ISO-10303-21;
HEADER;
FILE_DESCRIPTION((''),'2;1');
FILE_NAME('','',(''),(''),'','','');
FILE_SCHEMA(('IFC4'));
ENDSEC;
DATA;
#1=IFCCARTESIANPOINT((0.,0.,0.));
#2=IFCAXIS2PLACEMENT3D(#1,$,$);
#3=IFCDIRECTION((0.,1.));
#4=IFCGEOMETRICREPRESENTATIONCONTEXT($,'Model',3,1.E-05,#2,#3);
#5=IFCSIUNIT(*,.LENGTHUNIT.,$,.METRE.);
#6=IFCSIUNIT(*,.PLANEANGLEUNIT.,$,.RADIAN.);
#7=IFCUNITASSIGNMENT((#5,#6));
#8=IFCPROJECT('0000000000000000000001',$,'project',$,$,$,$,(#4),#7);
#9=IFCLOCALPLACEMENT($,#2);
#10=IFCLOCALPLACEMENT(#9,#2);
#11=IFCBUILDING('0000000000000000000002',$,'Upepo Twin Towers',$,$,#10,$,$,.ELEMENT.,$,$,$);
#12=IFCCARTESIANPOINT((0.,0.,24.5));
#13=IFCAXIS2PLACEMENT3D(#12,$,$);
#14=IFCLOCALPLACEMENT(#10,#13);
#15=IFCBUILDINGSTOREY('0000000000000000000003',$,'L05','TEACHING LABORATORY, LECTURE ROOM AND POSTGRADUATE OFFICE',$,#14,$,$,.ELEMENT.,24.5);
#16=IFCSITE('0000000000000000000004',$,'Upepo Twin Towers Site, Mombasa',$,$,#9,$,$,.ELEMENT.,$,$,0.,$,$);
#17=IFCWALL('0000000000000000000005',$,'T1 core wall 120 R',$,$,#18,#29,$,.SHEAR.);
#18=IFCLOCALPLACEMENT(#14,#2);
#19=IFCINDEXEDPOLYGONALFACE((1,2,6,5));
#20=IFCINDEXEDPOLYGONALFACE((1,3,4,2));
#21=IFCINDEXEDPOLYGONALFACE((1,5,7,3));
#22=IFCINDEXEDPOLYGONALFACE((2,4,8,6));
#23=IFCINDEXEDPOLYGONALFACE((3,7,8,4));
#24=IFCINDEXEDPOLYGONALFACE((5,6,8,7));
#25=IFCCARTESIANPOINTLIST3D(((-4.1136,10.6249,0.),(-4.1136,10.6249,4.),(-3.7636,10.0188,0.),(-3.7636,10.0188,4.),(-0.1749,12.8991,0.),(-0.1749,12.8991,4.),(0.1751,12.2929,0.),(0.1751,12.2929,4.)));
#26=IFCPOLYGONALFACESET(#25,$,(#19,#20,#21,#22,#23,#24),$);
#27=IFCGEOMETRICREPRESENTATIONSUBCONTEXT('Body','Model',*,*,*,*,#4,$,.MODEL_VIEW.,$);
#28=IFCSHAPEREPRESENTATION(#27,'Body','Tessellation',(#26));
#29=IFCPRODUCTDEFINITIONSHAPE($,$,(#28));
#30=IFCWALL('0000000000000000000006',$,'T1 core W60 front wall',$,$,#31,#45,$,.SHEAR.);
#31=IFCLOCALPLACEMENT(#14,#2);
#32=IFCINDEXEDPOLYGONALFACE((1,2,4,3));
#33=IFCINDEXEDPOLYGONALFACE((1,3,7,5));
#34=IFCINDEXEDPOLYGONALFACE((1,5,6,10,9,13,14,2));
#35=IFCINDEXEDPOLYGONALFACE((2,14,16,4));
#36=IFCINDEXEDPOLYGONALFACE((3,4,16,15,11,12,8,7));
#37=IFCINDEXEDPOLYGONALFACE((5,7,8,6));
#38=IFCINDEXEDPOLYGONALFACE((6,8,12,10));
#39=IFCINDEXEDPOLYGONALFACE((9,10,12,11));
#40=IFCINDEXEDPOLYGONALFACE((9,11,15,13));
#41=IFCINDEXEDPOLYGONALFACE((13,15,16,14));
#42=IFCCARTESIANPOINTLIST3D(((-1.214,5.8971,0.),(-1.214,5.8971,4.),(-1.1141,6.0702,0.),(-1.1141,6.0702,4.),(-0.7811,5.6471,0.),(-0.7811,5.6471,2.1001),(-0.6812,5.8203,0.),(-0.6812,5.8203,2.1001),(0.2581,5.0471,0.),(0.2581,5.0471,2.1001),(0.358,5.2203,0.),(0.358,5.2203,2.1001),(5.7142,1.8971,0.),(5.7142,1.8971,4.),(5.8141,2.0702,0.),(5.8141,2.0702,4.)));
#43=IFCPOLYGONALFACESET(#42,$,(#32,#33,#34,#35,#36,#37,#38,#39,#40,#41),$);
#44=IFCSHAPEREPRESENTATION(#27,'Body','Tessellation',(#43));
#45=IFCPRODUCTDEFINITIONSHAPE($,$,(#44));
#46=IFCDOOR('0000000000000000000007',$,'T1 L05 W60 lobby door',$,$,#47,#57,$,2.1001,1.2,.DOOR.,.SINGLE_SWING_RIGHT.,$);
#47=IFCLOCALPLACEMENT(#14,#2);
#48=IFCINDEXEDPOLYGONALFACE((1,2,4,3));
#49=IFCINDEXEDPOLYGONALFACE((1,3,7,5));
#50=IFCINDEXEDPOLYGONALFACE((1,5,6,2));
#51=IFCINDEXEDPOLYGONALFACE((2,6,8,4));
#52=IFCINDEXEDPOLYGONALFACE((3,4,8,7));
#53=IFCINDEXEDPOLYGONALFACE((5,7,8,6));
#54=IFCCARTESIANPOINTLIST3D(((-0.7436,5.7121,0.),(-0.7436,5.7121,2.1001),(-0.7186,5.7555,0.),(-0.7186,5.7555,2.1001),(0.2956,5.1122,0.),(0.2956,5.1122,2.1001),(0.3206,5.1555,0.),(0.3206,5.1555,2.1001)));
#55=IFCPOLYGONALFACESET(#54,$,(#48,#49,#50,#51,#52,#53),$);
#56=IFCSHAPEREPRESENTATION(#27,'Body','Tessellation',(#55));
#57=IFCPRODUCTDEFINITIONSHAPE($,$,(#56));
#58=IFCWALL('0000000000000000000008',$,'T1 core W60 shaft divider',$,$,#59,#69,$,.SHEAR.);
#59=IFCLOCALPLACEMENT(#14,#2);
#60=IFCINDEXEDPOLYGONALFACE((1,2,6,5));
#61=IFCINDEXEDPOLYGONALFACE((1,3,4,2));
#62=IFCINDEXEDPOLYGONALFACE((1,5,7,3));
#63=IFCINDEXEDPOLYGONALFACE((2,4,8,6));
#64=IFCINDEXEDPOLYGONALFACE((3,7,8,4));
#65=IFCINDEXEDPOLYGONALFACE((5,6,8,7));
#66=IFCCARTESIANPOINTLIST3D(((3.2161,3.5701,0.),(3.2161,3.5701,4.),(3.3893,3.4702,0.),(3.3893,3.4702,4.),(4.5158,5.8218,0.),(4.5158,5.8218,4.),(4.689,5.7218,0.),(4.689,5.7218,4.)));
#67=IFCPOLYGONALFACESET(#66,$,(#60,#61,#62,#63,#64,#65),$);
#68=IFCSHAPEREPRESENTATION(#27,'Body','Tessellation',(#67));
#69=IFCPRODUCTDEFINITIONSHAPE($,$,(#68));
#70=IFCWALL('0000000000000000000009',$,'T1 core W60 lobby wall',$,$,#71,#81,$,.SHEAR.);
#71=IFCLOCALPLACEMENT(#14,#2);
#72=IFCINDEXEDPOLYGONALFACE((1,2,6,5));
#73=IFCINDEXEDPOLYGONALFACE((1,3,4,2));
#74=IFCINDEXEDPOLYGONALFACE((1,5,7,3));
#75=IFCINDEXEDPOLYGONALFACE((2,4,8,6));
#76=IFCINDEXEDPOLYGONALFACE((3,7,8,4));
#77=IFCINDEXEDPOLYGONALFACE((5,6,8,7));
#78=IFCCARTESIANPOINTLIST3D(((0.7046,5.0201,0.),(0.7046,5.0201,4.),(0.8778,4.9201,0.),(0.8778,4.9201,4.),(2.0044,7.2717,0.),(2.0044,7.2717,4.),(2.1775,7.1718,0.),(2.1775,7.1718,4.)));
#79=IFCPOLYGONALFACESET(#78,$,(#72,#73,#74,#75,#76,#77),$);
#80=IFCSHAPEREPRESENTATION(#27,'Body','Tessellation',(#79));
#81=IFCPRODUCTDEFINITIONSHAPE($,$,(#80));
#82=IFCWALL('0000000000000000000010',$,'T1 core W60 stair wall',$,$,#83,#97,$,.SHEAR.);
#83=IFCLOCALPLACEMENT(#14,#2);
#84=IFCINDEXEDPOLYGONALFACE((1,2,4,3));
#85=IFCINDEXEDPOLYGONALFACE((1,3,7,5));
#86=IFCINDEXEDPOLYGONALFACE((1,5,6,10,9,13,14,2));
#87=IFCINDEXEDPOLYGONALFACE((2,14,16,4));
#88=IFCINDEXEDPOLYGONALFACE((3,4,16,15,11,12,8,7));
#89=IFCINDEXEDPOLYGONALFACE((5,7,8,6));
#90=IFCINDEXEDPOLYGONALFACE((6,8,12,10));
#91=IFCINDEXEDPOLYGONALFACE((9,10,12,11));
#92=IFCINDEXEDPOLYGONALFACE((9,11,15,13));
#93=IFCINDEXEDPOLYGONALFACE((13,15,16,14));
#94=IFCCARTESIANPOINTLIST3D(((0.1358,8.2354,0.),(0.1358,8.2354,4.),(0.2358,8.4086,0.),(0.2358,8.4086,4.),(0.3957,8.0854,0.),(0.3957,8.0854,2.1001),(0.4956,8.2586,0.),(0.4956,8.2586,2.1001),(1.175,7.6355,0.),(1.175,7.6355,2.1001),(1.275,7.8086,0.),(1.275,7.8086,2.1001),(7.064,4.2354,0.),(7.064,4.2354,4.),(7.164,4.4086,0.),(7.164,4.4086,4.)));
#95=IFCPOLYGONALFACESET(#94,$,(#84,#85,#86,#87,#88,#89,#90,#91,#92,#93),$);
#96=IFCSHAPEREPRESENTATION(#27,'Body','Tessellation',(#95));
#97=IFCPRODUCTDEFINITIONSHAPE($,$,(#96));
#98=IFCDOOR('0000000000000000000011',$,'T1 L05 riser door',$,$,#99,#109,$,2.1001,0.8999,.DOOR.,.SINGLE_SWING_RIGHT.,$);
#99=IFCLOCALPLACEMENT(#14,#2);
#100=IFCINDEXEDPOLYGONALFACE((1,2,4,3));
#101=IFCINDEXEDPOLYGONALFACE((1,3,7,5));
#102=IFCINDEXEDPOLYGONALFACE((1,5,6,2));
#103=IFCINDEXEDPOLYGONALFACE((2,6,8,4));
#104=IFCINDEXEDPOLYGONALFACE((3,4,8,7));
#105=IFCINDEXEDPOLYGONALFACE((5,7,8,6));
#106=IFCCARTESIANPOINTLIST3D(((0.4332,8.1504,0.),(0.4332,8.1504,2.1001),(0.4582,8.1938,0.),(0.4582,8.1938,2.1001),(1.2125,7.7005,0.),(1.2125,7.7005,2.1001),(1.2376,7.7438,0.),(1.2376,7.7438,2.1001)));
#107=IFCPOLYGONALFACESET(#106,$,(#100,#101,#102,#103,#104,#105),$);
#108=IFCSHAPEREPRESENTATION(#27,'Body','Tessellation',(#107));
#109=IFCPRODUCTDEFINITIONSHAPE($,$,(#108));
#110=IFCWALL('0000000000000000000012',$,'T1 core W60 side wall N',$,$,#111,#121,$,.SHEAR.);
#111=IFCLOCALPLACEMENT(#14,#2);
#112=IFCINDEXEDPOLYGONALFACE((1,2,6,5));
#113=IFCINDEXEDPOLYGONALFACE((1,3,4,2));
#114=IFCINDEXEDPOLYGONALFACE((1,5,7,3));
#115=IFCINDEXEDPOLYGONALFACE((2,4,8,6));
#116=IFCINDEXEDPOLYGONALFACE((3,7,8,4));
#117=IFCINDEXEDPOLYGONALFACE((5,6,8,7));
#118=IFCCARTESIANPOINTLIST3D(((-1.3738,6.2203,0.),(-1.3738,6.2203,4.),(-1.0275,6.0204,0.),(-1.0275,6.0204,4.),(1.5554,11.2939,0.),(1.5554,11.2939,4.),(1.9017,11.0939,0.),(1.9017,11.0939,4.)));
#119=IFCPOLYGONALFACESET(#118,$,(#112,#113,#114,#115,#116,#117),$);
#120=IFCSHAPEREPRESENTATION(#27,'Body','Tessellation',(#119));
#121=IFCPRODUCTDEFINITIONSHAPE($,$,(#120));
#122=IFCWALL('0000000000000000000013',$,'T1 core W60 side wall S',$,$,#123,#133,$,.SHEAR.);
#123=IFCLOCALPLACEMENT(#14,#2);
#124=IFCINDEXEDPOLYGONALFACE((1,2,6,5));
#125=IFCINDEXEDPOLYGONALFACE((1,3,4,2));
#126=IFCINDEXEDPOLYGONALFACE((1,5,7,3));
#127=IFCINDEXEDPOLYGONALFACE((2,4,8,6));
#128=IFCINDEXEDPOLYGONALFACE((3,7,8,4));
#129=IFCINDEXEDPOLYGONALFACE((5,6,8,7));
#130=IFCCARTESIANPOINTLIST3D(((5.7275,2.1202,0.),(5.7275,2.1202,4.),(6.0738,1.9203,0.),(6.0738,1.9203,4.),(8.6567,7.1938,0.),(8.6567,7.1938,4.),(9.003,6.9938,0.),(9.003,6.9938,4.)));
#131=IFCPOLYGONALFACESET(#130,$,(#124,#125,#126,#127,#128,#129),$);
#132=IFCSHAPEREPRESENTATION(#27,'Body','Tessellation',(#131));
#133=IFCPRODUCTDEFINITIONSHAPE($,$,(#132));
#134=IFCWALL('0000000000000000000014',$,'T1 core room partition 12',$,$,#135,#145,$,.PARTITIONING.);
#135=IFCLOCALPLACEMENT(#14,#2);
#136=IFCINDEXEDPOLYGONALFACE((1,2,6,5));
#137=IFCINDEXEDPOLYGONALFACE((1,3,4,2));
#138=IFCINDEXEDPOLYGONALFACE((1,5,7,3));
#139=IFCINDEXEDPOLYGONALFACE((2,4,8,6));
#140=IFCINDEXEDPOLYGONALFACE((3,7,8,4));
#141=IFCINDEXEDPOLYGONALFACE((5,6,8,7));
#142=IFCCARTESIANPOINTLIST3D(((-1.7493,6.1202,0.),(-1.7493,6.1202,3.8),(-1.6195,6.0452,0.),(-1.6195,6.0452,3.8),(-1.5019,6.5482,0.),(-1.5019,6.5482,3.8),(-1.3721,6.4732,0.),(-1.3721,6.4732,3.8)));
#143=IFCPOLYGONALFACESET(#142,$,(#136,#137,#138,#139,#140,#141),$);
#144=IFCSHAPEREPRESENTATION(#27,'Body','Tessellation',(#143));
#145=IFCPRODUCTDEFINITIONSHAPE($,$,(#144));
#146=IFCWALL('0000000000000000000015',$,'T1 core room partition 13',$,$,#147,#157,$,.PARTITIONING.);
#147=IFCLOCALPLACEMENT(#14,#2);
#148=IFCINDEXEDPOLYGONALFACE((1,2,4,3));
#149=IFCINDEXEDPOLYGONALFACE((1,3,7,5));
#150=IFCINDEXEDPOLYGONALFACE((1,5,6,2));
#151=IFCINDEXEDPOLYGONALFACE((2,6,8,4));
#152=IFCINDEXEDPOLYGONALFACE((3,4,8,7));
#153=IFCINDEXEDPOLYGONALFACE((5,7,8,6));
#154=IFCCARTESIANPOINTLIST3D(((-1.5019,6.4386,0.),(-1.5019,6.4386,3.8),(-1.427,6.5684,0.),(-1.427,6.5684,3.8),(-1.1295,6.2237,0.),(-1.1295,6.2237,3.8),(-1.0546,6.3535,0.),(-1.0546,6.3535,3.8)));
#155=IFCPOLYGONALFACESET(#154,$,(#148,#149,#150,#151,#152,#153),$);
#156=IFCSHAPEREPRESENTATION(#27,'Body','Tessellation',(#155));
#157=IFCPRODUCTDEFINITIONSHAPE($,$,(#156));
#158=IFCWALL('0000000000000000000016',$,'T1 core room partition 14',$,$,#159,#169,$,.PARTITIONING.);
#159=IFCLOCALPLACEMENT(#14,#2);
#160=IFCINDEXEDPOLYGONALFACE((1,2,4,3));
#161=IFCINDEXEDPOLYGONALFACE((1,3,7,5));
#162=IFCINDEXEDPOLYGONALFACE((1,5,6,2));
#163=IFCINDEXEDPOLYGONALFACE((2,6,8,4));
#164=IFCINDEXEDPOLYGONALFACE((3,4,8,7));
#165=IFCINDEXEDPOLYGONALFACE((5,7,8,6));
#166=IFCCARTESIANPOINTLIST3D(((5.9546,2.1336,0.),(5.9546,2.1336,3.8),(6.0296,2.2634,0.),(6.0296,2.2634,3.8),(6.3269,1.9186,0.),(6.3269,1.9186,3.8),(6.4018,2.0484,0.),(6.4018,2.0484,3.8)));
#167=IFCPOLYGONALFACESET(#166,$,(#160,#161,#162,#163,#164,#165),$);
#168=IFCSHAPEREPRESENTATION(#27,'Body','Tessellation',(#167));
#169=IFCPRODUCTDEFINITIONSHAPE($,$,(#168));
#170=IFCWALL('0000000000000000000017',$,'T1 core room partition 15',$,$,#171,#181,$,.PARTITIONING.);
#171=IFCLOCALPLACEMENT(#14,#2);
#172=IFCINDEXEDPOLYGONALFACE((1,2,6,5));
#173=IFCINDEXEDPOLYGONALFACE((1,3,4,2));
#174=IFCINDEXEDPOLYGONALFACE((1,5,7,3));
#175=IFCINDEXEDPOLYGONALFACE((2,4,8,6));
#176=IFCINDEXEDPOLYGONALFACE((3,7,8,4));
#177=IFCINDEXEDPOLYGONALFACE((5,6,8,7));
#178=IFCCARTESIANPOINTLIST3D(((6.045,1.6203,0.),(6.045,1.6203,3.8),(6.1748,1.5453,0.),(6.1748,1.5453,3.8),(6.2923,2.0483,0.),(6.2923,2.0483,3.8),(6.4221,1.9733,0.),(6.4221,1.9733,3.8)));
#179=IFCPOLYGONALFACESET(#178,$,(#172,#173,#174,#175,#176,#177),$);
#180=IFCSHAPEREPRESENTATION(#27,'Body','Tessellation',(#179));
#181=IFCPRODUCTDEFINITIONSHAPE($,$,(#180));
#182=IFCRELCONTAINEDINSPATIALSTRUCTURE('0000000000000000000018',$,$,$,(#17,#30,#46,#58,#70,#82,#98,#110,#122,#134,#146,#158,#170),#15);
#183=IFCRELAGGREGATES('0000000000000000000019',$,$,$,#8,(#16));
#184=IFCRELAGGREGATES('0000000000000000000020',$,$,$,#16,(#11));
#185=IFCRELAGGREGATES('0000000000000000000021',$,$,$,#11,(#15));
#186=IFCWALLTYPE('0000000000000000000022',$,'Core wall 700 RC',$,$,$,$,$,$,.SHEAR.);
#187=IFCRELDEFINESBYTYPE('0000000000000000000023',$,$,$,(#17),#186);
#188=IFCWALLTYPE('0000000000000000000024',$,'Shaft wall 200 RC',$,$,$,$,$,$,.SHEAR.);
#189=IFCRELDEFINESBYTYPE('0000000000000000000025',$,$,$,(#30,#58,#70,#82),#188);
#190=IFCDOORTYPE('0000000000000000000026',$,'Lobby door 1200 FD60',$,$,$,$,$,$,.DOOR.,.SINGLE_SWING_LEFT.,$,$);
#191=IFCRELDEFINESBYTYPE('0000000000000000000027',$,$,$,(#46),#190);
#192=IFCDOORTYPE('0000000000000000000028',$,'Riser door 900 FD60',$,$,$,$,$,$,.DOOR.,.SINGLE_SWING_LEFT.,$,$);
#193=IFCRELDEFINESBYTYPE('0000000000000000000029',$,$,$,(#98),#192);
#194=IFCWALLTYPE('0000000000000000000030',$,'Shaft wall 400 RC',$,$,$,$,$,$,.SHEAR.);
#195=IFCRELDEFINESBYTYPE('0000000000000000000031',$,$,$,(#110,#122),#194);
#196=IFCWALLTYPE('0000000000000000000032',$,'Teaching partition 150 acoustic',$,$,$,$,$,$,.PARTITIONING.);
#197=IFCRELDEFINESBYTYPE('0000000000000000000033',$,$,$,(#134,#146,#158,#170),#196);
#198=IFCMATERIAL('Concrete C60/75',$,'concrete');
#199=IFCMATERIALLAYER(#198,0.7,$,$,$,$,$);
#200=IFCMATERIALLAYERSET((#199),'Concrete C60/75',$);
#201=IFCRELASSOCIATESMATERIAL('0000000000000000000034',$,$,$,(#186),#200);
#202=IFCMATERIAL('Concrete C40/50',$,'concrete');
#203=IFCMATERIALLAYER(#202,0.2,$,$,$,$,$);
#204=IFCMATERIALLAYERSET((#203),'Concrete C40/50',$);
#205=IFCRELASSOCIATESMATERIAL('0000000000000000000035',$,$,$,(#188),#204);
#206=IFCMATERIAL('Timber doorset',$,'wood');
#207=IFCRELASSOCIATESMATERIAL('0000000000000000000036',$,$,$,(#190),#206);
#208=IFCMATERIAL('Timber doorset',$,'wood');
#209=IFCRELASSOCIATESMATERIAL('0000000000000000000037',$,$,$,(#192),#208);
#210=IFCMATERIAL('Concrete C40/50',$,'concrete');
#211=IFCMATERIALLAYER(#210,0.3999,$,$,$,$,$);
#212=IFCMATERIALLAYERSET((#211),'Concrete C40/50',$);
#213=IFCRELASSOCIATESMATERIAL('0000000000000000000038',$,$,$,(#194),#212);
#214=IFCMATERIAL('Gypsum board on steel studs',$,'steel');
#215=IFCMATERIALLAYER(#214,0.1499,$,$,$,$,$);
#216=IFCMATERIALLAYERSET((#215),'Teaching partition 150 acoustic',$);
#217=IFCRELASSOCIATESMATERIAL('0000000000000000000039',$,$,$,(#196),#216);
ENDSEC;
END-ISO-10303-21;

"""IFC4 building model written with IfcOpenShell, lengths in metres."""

from ifc_helpers import new_model, si_unit, direction, frame, frame_2d, origin, place, context, subcontext, project, spatial, rectangle, extrude, material, layer, layer_set, type_object, element, fill, save


model = new_model("IFC4")

# Units and contexts
model_context = context("Model", 3, precision=1e-05, world=origin(), true_north=direction((0.0, 1.0)))
body_context = subcontext(model_context, "Body", "Model", "MODEL_VIEW")
ifc_project = project(units=[si_unit("LENGTHUNIT", "METRE"), si_unit("PLANEANGLEUNIT", "RADIAN")], contexts=[model_context])

# Site, building, storey
site_placement = place(None, origin())
site = spatial("IfcSite", under=ifc_project, at=site_placement, Name="Upepo Twin Towers Site, Mombasa", CompositionType="ELEMENT", RefElevation=0.0)
building_placement = place(site_placement, origin())
building = spatial("IfcBuilding", under=site, at=building_placement, Name="Upepo Twin Towers", CompositionType="ELEMENT")
storey_placement = place(building_placement, frame((0.0, 0.0, 24.5)))
storey = spatial("IfcBuildingStorey", under=building, at=storey_placement, Name="L05", Description="TEACHING LABORATORY, LECTURE ROOM AND POSTGRADUATE OFFICE", CompositionType="ELEMENT", Elevation=24.5)

# Wall
ifc_material_1 = material(Name="Concrete C60/75", Category="concrete")
ifc_layer_1 = layer(ifc_material_1, 0.7)
ifc_layer_set_1 = layer_set([ifc_layer_1], Name="Concrete C60/75")
wall_type_1 = type_object("IfcWallType", Name="Core wall 700 RC", PredefinedType="SHEAR", material=ifc_layer_set_1)
wall_1_placement = place(storey_placement, frame((0.0, 12.5959, 0.0), z_axis=(0.0, 0.0, 1.0), x_axis=(-0.866011, -0.500024, 0.0)))
element("IfcWall", 1, at=wall_1_placement, inside=storey, type_object=wall_type_1, Name="T1 core wall 120 R", PredefinedType="SHEAR", context=body_context, shape_type="SweptSolid", body=[
    extrude(rectangle(XDim=4.5481, YDim=0.7, at=frame_2d((2.2739, 0.0))), origin(), (0.0, 0.0, 1.0), 4.0),
])

# Wall, opening, door
ifc_material_2 = material(Name="Concrete C40/50", Category="concrete")
ifc_layer_2 = layer(ifc_material_2, 0.2)
ifc_layer_set_2 = layer_set([ifc_layer_2], Name="Concrete C40/50")
wall_type_2 = type_object("IfcWallType", Name="Shaft wall 200 RC", PredefinedType="SHEAR", material=ifc_layer_set_2)
wall_2_placement = place(storey_placement, frame((5.7642, 1.9836, 0.0), z_axis=(0.0, 0.0, 1.0), x_axis=(-0.866026, 0.499999, 0.0)))
wall_2 = element("IfcWall", 2, at=wall_2_placement, inside=storey, type_object=wall_type_2, Name="T1 core W60 front wall", PredefinedType="SHEAR", context=body_context, shape_type="SweptSolid", body=[
    extrude(rectangle(XDim=8.0, YDim=0.2, at=frame_2d((4.0, 0.0))), origin(), (0.0, 0.0, 1.0), 4.0),
])
opening_1_placement = place(wall_2_placement, frame((6.3, 0.0, 0.0)))
opening_1 = element("IfcOpeningElement", 3, at=opening_1_placement, cuts=wall_2, PredefinedType="OPENING", context=body_context, shape_type="SweptSolid", body=[
    extrude(rectangle(XDim=1.2, YDim=2.1001, at=frame_2d((0.6001, 1.05))), frame((0.0, 0.1099, 0.0), z_axis=(0.0, -1.0, 0.0), x_axis=(1.0, 0.0, 0.0)), (0.0, 0.0, 1.0), 0.22),
])
ifc_material_3 = material(Name="Timber doorset", Category="wood")
door_type_1 = type_object("IfcDoorType", Name="Lobby door 1200 FD60", OperationType="SINGLE_SWING_LEFT", PredefinedType="DOOR", material=ifc_material_3)
door_1_placement = place(opening_1_placement, origin())
door_1 = element("IfcDoor", 4, at=door_1_placement, inside=storey, type_object=door_type_1, Name="T1 L05 W60 lobby door", OperationType="SINGLE_SWING_RIGHT", OverallHeight=2.1001, OverallWidth=1.2, PredefinedType="DOOR", context=body_context, shape_type="SweptSolid", body=[
    extrude(rectangle(XDim=1.2, YDim=2.1001, at=frame_2d((0.6001, 1.05))), frame((0.0, 0.0249, 0.0), z_axis=(0.0, -1.0, 0.0), x_axis=(1.0, 0.0, 0.0)), (0.0, 0.0, 1.0), 0.05),
])
fill(opening_1, door_1)

# Walls
for number, where, z_axis, x_axis, name in (
    (5, (3.3027, 3.5203, 0.0), (0.0, 0.0, 1.0), (0.499937, 0.866062, 0.0), "T1 core W60 shaft divider"),
    (6, (0.7913, 4.9702, 0.0), (0.0, 0.0, 1.0), (0.499937, 0.866062, 0.0), "T1 core W60 lobby wall"),
):
    element("IfcWall", number, at=place(storey_placement, frame(where, z_axis=z_axis, x_axis=x_axis)), inside=storey, type_object=wall_type_2, Name=name, PredefinedType="SHEAR", context=body_context, shape_type="SweptSolid", body=[
        extrude(rectangle(XDim=2.5999, YDim=0.2, at=frame_2d((1.2998, 0.0))), origin(), (0.0, 0.0, 1.0), 4.0),
    ])

# Wall, opening, door
wall_3_placement = place(storey_placement, frame((7.114, 4.322, 0.0), z_axis=(0.0, 0.0, 1.0), x_axis=(-0.866026, 0.499999, 0.0)))
wall_3 = element("IfcWall", 7, at=wall_3_placement, inside=storey, type_object=wall_type_2, Name="T1 core W60 stair wall", PredefinedType="SHEAR", context=body_context, shape_type="SweptSolid", body=[
    extrude(rectangle(XDim=8.0, YDim=0.2, at=frame_2d((4.0, 0.0))), origin(), (0.0, 0.0, 1.0), 4.0),
])
opening_2_placement = place(wall_3_placement, frame((6.8, 0.0, 0.0)))
opening_2 = element("IfcOpeningElement", 8, at=opening_2_placement, cuts=wall_3, PredefinedType="OPENING", context=body_context, shape_type="SweptSolid", body=[
    extrude(rectangle(XDim=0.8999, YDim=2.1001, at=frame_2d((0.45, 1.05))), frame((0.0, 0.1099, 0.0), z_axis=(0.0, -1.0, 0.0), x_axis=(1.0, 0.0, 0.0)), (0.0, 0.0, 1.0), 0.22),
])
ifc_material_4 = material(Name="Timber doorset", Category="wood")
door_type_2 = type_object("IfcDoorType", Name="Riser door 900 FD60", OperationType="SINGLE_SWING_LEFT", PredefinedType="DOOR", material=ifc_material_4)
door_2_placement = place(opening_2_placement, origin())
door_2 = element("IfcDoor", 9, at=door_2_placement, inside=storey, type_object=door_type_2, Name="T1 L05 riser door", OperationType="SINGLE_SWING_RIGHT", OverallHeight=2.1001, OverallWidth=0.8999, PredefinedType="DOOR", context=body_context, shape_type="SweptSolid", body=[
    extrude(rectangle(XDim=0.8999, YDim=2.1001, at=frame_2d((0.45, 1.05))), frame((0.0, 0.0249, 0.0), z_axis=(0.0, -1.0, 0.0), x_axis=(1.0, 0.0, 0.0)), (0.0, 0.0, 1.0), 0.05),
])
fill(opening_2, door_2)

# Walls
ifc_material_5 = material(Name="Concrete C40/50", Category="concrete")
ifc_layer_3 = layer(ifc_material_5, 0.3999)
ifc_layer_set_3 = layer_set([ifc_layer_3], Name="Concrete C40/50")
wall_type_3 = type_object("IfcWallType", Name="Shaft wall 400 RC", PredefinedType="SHEAR", material=ifc_layer_set_3)
for number, where, z_axis, x_axis, name in (
    (10, (-1.2007, 6.1204, 0.0), (0.0, 0.0, 1.0), (0.500003, 0.866024, 0.0), "T1 core W60 side wall N"),
    (11, (5.9006, 2.0203, 0.0), (0.0, 0.0, 1.0), (0.500003, 0.866024, 0.0), "T1 core W60 side wall S"),
):
    element("IfcWall", number, at=place(storey_placement, frame(where, z_axis=z_axis, x_axis=x_axis)), inside=storey, type_object=wall_type_3, Name=name, PredefinedType="SHEAR", context=body_context, shape_type="SweptSolid", body=[
        extrude(rectangle(XDim=5.8584, YDim=0.3999, at=frame_2d((2.9292, 0.0))), origin(), (0.0, 0.0, 1.0), 4.0),
    ])
ifc_material_6 = material(Name="Gypsum board on steel studs", Category="steel")
ifc_layer_4 = layer(ifc_material_6, 0.1499)
ifc_layer_set_4 = layer_set([ifc_layer_4], Name="Teaching partition 150 acoustic")
wall_type_4 = type_object("IfcWallType", Name="Teaching partition 150 acoustic", PredefinedType="PARTITIONING", material=ifc_layer_set_4)
wall_4_placement = place(storey_placement, frame((-1.6843, 6.0828, 0.0), z_axis=(0.0, 0.0, 1.0), x_axis=(0.500335, 0.865832, 0.0)))
element("IfcWall", 12, at=wall_4_placement, inside=storey, type_object=wall_type_4, Name="T1 core room partition 12", PredefinedType="PARTITIONING", context=body_context, shape_type="SweptSolid", body=[
    extrude(rectangle(XDim=0.4944, YDim=0.1499, at=frame_2d((0.2471, 0.0))), origin(), (0.0, 0.0, 1.0), 3.8),
])
for number, where, z_axis, x_axis, name in (
    (13, (-1.4644, 6.5034, 0.0), (0.0, 0.0, 1.0), (0.866138, -0.499804, 0.0), "T1 core room partition 13"),
    (14, (5.9922, 2.1985, 0.0), (0.0, 0.0, 1.0), (0.865892, -0.50023, 0.0), "T1 core room partition 14"),
):
    element("IfcWall", number, at=place(storey_placement, frame(where, z_axis=z_axis, x_axis=x_axis)), inside=storey, type_object=wall_type_4, Name=name, PredefinedType="PARTITIONING", context=body_context, shape_type="SweptSolid", body=[
        extrude(rectangle(XDim=0.4299, YDim=0.1499, at=frame_2d((0.2148, 0.0))), origin(), (0.0, 0.0, 1.0), 3.8),
    ])
wall_5_placement = place(storey_placement, frame((6.3572, 2.0107, 0.0), z_axis=(0.0, 0.0, 1.0), x_axis=(-0.500335, -0.865832, 0.0)))
element("IfcWall", 15, at=wall_5_placement, inside=storey, type_object=wall_type_4, Name="T1 core room partition 15", PredefinedType="PARTITIONING", context=body_context, shape_type="SweptSolid", body=[
    extrude(rectangle(XDim=0.4944, YDim=0.1499, at=frame_2d((0.2471, 0.0))), origin(), (0.0, 0.0, 1.0), 3.8),
])

save(model, "model.ifc")
